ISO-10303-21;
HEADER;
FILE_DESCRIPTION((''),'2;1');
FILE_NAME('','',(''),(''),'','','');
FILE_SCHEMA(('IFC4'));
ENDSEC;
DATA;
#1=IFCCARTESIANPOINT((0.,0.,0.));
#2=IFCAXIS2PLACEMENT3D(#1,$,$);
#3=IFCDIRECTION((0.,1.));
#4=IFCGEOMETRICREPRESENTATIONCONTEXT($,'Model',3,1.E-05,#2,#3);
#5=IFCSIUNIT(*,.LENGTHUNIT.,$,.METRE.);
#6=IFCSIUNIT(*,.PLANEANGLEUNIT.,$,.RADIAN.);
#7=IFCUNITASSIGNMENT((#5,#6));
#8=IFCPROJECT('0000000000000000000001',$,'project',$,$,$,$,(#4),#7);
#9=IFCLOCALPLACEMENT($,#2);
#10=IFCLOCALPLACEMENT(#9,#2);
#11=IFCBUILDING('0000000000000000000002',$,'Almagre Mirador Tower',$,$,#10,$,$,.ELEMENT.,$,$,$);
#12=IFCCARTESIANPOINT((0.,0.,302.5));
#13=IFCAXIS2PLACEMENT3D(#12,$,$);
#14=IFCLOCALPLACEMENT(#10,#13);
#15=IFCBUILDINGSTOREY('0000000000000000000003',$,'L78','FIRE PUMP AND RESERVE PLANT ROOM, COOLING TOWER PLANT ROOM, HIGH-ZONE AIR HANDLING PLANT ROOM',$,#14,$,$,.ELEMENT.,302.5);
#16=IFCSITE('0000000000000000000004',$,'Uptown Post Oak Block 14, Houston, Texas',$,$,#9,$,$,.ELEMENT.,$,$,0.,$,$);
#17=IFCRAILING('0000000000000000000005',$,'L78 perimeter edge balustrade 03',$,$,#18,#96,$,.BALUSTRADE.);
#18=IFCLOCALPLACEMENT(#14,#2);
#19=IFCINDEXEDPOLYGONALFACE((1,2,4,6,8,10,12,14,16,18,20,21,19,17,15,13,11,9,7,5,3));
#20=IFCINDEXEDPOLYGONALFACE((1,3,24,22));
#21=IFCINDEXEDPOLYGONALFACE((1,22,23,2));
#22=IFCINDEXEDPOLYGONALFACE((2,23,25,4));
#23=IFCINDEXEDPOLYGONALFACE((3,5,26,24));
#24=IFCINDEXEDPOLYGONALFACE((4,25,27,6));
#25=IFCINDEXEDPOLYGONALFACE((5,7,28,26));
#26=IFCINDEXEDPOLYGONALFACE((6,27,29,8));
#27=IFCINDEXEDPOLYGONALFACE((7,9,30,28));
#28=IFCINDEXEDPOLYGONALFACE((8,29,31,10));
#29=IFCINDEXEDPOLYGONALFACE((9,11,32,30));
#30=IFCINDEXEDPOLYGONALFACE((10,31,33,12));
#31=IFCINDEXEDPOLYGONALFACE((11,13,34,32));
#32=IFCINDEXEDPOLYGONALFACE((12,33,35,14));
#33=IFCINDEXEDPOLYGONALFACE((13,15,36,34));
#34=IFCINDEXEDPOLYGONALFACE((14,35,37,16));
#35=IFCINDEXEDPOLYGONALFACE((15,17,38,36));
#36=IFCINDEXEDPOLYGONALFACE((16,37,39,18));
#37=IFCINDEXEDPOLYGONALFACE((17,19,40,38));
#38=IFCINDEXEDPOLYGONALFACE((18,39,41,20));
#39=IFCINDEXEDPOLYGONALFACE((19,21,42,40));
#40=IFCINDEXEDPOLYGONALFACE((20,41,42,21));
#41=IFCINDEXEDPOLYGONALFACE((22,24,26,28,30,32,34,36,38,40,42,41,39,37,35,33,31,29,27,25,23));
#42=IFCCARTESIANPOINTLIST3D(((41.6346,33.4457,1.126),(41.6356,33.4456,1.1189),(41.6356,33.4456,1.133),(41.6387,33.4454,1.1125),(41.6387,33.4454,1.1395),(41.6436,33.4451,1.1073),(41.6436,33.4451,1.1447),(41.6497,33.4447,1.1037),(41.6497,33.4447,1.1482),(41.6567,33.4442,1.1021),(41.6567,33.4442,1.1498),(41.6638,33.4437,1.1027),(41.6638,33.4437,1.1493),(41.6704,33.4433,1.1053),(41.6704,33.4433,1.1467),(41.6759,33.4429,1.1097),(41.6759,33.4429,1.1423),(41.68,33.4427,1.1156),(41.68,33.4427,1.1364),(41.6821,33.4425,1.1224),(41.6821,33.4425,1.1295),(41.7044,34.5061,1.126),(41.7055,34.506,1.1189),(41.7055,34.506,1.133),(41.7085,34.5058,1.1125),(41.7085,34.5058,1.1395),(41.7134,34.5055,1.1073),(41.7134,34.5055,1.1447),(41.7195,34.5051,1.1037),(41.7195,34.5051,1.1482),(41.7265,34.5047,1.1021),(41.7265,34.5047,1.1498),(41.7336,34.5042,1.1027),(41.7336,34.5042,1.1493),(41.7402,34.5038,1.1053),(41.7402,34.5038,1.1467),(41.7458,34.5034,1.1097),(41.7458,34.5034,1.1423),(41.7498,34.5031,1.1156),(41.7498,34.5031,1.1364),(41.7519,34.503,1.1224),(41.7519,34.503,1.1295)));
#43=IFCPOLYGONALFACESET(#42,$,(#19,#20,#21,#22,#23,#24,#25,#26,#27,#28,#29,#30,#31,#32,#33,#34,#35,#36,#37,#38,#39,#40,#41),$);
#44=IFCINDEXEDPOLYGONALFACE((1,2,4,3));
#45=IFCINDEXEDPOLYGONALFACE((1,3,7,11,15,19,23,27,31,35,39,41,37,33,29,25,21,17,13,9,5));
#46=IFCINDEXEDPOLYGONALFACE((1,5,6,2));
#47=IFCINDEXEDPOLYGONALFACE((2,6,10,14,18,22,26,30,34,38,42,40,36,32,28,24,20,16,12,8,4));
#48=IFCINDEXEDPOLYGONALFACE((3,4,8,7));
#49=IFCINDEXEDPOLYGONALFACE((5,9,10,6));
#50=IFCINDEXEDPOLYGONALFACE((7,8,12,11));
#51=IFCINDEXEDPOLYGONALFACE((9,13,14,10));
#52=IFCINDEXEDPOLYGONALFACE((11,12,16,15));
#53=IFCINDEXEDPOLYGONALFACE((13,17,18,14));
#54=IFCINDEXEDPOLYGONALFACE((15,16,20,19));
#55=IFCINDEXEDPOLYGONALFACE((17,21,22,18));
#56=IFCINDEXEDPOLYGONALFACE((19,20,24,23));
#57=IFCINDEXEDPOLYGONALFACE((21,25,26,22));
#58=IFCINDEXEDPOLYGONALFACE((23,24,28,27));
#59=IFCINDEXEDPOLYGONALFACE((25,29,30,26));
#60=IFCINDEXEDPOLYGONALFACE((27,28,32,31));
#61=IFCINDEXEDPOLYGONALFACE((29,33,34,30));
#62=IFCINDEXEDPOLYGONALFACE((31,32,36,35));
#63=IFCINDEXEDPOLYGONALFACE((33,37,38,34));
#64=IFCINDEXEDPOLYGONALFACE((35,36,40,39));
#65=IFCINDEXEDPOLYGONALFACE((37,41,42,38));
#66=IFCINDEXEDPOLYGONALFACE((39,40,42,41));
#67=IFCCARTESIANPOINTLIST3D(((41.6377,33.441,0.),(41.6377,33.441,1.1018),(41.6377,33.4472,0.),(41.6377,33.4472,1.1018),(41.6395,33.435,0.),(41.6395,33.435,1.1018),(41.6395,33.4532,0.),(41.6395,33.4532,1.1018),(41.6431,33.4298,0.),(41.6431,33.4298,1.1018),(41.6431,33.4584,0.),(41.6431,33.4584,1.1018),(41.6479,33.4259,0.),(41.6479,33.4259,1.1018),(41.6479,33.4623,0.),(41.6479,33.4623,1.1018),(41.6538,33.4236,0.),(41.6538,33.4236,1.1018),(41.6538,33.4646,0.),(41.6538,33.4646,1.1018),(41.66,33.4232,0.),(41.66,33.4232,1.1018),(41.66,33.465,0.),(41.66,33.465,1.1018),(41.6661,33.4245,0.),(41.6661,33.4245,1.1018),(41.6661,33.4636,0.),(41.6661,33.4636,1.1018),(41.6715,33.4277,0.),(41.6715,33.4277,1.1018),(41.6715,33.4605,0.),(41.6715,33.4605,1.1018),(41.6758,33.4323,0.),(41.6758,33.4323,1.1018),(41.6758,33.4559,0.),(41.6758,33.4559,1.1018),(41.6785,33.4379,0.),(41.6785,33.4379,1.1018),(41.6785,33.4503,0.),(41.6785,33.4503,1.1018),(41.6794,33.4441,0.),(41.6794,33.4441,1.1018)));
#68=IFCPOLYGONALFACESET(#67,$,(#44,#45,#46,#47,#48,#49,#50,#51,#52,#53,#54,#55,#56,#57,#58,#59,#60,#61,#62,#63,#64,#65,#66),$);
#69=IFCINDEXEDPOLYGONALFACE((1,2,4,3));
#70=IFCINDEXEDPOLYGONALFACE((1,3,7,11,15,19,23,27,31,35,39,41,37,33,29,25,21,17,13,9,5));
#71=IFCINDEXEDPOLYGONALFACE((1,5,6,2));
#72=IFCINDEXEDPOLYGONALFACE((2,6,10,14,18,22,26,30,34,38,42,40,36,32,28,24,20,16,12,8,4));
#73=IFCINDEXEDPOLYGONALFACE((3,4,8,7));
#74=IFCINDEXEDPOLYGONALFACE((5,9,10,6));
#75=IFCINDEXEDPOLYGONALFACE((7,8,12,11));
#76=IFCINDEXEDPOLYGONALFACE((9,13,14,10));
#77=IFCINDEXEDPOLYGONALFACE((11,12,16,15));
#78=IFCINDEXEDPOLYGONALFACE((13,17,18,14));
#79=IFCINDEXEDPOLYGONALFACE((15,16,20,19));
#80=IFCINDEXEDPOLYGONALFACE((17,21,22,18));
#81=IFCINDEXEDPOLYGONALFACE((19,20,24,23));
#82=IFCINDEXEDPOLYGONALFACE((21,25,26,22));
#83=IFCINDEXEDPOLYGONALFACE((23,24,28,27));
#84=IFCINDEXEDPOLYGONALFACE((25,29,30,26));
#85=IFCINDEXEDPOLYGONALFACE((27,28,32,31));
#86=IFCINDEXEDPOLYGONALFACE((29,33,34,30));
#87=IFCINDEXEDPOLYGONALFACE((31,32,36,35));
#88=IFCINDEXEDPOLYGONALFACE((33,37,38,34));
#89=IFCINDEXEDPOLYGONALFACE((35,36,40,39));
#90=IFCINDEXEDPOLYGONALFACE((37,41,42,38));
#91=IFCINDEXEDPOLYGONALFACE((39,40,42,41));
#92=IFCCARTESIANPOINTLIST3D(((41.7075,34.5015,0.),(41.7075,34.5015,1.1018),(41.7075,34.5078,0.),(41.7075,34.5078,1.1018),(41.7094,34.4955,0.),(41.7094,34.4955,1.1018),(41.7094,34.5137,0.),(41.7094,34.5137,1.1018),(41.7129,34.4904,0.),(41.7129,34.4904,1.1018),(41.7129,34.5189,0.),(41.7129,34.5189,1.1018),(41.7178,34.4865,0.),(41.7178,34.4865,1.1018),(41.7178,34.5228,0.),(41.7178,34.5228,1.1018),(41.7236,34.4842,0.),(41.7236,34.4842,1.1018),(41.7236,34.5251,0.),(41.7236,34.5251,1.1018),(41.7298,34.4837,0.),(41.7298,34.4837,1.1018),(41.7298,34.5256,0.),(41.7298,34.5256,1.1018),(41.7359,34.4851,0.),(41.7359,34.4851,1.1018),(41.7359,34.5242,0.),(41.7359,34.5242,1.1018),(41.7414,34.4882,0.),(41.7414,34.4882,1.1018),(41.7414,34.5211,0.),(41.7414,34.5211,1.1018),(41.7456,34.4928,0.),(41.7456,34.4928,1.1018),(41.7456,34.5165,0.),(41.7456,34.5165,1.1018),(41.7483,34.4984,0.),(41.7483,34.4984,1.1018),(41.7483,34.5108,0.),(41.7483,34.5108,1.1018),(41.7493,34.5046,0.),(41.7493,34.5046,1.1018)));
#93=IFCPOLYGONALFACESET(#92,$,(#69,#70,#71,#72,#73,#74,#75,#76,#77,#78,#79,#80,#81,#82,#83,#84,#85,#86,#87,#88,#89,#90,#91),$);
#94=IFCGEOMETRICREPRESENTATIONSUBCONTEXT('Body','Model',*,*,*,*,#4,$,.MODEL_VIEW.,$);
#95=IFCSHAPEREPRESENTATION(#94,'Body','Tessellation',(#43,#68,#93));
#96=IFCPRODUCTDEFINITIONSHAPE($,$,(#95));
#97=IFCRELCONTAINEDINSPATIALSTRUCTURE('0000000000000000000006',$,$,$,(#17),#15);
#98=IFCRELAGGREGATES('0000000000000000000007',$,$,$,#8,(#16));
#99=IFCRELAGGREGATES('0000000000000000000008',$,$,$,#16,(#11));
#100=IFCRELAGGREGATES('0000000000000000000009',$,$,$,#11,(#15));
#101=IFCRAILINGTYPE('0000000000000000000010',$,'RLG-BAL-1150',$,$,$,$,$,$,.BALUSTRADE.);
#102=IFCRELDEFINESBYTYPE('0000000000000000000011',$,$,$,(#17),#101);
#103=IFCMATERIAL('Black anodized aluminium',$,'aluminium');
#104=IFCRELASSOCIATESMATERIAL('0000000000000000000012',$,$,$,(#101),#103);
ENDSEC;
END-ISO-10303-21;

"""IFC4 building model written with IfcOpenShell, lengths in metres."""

from ifc_helpers import new_model, si_unit, direction, frame, origin, origin_2d, place, context, subcontext, project, spatial, circle, extrude, material, type_object, element, save


model = new_model("IFC4")

# Units and contexts
model_context = context("Model", 3, precision=1e-05, world=origin(), true_north=direction((0.0, 1.0)))
body_context = subcontext(model_context, "Body", "Model", "MODEL_VIEW")
ifc_project = project(units=[si_unit("LENGTHUNIT", "METRE"), si_unit("PLANEANGLEUNIT", "RADIAN")], contexts=[model_context])

# Site, building, storey
site_placement = place(None, origin())
site = spatial("IfcSite", under=ifc_project, at=site_placement, Name="Uptown Post Oak Block 14, Houston, Texas", CompositionType="ELEMENT", RefElevation=0.0)
building_placement = place(site_placement, origin())
building = spatial("IfcBuilding", under=site, at=building_placement, Name="Almagre Mirador Tower", CompositionType="ELEMENT")
storey_placement = place(building_placement, frame((0.0, 0.0, 302.5)))
storey = spatial("IfcBuildingStorey", under=building, at=storey_placement, Name="L78", Description="FIRE PUMP AND RESERVE PLANT ROOM, COOLING TOWER PLANT ROOM, HIGH-ZONE AIR HANDLING PLANT ROOM", CompositionType="ELEMENT", Elevation=302.5)

# Railing
ifc_material_1 = material(Name="Black anodized aluminium", Category="aluminium")
railing_type = type_object("IfcRailingType", Name="RLG-BAL-1150", PredefinedType="BALUSTRADE", material=ifc_material_1)
railing_1_placement = place(storey_placement, frame((41.6584, 33.4441, 0.0)))
element("IfcRailing", 1, at=railing_1_placement, inside=storey, type_object=railing_type, Name="L78 perimeter edge balustrade 03", PredefinedType="BALUSTRADE", context=body_context, shape_type="SweptSolid", body=[
    extrude(circle(Radius=0.0239, at=origin_2d()), frame((0.0, 0.0, 1.126), z_axis=(0.065696, 0.99784, 0.0), x_axis=(-0.99784, 0.065696, 0.0)), (0.0, 0.0, 1.0), 1.0627),
    extrude(circle(Radius=0.021, at=origin_2d()), origin(), (0.0, 0.0, 1.0), 1.1018),
    extrude(circle(Radius=0.021, at=origin_2d()), frame((0.0698, 1.0605, 0.0)), (0.0, 0.0, 1.0), 1.1018),
])

save(model, "model.ifc")
